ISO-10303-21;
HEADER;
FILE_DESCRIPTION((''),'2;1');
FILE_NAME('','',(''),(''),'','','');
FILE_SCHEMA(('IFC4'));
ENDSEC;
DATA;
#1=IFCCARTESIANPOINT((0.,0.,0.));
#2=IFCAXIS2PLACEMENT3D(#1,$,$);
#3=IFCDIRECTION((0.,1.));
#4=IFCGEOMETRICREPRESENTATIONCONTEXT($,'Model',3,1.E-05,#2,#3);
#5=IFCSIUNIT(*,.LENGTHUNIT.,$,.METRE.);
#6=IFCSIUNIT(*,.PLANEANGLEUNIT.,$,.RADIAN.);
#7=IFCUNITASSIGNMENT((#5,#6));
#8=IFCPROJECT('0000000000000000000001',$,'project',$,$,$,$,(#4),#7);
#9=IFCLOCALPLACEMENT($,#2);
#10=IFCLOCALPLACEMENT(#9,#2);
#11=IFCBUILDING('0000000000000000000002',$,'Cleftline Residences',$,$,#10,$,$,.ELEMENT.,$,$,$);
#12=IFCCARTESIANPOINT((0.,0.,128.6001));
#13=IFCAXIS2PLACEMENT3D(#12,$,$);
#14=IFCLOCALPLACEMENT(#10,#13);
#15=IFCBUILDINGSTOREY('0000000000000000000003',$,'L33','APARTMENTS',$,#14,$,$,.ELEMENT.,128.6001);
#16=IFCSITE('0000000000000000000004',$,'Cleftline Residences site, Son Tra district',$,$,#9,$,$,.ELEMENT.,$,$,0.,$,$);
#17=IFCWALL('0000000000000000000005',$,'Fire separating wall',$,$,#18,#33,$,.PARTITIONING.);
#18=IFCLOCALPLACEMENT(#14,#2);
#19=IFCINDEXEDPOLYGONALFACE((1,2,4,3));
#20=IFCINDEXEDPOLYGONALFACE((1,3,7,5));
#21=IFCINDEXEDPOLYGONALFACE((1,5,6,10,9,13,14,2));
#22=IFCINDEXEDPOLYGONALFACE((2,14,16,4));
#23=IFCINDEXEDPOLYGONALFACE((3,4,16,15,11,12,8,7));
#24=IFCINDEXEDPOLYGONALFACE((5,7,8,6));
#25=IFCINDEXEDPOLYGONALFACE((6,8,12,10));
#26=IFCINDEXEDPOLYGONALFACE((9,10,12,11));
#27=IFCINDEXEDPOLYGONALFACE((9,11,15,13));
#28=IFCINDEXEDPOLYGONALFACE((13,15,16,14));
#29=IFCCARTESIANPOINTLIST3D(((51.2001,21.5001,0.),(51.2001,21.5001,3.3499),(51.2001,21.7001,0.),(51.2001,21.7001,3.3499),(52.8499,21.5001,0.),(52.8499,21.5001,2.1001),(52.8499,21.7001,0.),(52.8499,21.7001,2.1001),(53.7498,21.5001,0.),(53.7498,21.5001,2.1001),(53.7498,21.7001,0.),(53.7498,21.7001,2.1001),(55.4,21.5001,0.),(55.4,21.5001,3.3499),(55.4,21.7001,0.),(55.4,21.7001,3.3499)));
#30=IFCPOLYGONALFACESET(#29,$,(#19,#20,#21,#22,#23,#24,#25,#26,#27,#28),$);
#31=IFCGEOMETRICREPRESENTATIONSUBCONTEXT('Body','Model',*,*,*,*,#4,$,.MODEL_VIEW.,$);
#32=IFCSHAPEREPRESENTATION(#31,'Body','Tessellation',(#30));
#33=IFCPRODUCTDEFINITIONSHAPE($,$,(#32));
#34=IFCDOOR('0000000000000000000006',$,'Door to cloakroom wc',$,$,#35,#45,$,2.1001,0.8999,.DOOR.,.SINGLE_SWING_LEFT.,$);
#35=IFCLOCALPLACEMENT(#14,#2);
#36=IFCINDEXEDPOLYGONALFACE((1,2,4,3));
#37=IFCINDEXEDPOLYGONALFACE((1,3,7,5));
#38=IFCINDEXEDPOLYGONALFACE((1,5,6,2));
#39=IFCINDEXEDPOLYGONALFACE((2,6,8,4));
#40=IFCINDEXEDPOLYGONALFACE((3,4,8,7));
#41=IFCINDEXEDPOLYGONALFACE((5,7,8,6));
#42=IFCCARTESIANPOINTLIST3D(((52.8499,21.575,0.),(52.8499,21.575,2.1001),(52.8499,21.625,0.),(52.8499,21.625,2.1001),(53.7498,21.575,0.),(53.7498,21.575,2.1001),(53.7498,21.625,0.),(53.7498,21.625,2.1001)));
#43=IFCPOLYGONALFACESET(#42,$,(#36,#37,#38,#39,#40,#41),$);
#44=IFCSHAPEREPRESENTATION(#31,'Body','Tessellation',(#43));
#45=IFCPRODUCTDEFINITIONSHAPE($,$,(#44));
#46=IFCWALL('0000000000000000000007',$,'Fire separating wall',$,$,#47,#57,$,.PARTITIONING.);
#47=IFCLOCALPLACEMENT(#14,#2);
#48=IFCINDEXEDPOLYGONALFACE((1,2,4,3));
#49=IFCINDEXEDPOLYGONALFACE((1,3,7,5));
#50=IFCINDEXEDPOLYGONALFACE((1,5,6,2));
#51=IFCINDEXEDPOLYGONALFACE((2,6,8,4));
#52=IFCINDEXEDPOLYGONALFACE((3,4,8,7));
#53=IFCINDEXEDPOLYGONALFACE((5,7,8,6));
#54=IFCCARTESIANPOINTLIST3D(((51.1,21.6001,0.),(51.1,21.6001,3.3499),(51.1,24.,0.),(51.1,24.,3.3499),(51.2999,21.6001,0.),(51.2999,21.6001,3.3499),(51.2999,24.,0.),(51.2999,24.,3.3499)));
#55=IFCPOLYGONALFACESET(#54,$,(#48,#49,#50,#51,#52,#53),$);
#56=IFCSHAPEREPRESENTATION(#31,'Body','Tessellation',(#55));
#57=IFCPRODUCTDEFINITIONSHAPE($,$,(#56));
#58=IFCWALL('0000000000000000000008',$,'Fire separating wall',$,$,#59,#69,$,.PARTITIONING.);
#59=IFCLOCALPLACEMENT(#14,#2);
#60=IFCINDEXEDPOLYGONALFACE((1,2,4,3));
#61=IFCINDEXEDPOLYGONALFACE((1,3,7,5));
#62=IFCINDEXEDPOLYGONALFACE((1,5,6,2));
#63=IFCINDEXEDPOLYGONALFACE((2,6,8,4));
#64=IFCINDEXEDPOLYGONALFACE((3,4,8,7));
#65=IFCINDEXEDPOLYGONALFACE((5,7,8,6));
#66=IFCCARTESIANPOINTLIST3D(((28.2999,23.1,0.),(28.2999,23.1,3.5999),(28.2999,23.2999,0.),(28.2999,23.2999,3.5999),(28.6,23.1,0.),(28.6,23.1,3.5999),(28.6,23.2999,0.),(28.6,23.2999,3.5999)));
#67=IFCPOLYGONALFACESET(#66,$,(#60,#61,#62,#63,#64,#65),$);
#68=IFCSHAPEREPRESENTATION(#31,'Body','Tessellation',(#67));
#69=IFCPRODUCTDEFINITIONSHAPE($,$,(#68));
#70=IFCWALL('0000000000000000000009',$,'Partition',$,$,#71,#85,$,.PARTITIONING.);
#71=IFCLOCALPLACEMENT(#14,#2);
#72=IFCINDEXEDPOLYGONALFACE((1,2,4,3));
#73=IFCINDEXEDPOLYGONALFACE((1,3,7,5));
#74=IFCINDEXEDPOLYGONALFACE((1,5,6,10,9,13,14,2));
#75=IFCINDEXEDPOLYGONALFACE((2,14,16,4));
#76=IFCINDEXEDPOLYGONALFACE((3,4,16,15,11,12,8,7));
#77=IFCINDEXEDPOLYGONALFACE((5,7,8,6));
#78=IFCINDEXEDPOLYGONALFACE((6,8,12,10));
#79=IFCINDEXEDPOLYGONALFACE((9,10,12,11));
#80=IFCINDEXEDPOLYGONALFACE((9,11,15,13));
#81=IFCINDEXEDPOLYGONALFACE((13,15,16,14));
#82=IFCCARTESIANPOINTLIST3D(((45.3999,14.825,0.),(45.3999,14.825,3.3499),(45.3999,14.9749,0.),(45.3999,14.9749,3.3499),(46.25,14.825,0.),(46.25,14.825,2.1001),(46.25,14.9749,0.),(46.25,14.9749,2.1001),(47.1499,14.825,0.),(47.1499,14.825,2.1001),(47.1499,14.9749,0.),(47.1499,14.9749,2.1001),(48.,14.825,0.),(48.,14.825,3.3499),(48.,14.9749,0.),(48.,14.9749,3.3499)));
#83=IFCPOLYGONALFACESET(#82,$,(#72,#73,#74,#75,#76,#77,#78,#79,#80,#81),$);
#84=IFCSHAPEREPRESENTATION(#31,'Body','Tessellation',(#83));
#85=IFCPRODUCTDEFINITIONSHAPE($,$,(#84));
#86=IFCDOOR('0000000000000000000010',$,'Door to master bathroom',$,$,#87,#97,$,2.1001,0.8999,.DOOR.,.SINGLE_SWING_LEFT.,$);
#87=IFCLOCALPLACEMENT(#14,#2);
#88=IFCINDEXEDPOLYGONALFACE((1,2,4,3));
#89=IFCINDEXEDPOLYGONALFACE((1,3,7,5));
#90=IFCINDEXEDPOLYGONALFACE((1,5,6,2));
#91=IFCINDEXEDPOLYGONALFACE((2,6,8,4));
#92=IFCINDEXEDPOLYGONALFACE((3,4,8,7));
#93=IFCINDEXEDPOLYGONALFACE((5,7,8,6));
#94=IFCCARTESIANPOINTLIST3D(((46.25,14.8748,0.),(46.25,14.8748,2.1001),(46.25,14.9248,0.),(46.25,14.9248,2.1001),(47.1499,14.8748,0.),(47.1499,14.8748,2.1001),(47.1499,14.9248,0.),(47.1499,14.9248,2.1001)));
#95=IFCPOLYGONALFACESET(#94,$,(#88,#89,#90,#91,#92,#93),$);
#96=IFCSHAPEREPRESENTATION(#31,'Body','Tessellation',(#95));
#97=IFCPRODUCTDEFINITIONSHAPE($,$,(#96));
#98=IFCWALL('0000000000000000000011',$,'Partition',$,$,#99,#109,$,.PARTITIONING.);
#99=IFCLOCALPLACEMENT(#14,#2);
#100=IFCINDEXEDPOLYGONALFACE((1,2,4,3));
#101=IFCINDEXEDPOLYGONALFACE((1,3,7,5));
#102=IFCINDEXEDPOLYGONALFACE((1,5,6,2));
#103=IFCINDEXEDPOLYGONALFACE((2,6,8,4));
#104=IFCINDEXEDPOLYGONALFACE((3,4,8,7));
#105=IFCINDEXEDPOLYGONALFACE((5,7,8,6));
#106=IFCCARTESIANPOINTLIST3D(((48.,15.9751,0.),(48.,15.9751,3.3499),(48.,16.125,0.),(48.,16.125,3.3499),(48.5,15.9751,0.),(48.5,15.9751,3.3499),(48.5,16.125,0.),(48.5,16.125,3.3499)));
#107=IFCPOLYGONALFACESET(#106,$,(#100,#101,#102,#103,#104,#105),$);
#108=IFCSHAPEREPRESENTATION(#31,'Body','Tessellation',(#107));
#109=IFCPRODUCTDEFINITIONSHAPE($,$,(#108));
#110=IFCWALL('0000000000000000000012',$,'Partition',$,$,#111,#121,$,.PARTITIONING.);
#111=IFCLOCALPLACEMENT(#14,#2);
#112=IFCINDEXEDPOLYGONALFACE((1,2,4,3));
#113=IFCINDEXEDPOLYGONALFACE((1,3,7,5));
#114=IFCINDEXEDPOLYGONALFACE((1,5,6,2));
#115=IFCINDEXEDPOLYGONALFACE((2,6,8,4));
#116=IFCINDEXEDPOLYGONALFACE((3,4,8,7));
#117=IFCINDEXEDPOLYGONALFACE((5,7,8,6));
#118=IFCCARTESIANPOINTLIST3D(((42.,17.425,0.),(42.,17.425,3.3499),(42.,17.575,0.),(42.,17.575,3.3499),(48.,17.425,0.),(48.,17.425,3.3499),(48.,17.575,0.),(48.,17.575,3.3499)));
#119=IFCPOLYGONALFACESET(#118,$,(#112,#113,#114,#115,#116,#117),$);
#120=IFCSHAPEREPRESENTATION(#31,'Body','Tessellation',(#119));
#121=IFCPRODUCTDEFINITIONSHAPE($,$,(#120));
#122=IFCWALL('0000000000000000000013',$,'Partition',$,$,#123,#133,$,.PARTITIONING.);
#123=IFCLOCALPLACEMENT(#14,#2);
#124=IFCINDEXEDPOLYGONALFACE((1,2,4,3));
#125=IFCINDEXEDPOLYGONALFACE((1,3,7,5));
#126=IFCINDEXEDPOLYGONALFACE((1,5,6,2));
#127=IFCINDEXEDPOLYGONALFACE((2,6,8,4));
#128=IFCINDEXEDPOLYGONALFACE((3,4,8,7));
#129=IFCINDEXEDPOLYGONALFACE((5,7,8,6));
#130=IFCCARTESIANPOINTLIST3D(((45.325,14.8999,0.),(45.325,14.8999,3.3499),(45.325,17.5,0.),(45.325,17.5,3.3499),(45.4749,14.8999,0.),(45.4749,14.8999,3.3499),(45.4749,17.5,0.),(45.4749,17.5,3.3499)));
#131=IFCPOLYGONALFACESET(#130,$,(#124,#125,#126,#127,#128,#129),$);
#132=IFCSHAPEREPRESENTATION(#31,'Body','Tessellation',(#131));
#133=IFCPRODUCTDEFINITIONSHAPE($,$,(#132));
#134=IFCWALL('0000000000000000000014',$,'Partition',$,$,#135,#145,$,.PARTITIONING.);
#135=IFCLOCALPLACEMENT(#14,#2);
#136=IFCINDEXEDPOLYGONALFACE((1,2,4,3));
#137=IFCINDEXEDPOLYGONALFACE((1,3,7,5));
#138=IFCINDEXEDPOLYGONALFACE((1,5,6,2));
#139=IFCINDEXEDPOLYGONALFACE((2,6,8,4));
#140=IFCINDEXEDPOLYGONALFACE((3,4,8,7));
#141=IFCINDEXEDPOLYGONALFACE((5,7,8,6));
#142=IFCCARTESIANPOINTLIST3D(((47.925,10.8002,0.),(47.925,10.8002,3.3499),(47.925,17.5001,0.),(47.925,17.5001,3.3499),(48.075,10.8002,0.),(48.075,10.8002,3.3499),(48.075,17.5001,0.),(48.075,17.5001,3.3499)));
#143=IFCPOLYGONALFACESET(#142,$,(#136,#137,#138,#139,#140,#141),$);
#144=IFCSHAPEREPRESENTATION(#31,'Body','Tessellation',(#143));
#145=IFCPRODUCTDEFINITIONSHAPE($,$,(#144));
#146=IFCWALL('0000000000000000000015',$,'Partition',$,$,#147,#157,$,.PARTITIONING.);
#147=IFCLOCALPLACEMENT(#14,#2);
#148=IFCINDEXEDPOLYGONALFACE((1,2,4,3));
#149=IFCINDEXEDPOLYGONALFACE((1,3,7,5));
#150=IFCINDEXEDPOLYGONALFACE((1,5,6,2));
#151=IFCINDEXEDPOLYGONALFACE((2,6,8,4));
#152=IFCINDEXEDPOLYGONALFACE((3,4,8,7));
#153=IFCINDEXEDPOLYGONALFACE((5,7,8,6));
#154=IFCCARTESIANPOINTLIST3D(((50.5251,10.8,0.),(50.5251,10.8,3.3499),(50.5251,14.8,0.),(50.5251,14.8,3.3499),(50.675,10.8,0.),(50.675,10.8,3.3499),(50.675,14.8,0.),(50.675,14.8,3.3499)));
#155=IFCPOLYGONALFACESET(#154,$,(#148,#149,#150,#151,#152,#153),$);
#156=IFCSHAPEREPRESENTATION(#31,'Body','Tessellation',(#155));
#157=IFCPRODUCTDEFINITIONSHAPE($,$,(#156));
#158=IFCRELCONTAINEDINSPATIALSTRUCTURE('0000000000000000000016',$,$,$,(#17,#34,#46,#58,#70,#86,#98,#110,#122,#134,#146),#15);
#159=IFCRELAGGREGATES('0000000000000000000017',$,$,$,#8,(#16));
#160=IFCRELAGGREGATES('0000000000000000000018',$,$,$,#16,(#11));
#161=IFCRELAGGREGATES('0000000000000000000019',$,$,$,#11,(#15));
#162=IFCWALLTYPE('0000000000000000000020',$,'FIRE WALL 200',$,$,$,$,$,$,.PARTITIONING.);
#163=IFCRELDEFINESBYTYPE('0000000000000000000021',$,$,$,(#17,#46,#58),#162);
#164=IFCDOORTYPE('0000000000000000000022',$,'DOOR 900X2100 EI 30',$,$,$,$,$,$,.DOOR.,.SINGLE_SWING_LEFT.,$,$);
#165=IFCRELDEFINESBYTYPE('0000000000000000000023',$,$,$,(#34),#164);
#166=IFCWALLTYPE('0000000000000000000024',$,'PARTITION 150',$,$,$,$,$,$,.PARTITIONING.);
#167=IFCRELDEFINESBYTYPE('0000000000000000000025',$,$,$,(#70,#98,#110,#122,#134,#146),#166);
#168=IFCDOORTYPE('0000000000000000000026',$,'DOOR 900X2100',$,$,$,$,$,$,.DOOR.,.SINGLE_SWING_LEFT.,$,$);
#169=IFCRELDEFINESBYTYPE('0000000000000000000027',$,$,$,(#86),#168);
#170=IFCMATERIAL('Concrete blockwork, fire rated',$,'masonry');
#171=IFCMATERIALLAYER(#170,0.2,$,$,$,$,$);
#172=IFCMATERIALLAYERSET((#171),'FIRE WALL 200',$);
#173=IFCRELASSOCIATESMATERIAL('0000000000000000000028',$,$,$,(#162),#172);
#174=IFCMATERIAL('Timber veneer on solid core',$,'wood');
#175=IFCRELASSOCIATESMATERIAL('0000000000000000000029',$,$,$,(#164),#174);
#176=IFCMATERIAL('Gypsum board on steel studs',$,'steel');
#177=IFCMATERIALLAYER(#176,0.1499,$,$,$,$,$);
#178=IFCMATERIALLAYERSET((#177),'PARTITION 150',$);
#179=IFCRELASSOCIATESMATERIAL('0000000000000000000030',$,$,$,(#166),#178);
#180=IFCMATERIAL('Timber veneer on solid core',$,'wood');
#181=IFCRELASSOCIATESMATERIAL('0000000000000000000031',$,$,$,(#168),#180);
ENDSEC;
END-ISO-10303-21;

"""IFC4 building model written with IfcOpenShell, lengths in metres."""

from ifc_helpers import new_model, si_unit, direction, frame, frame_2d, origin, place, context, subcontext, project, spatial, rectangle, extrude, material, layer, layer_set, type_object, element, fill, save


model = new_model("IFC4")

# Units and contexts
model_context = context("Model", 3, precision=1e-05, world=origin(), true_north=direction((0.0, 1.0)))
body_context = subcontext(model_context, "Body", "Model", "MODEL_VIEW")
ifc_project = project(units=[si_unit("LENGTHUNIT", "METRE"), si_unit("PLANEANGLEUNIT", "RADIAN")], contexts=[model_context])

# Site, building, storey
site_placement = place(None, origin())
site = spatial("IfcSite", under=ifc_project, at=site_placement, Name="Cleftline Residences site, Son Tra district", CompositionType="ELEMENT", RefElevation=0.0)
building_placement = place(site_placement, origin())
building = spatial("IfcBuilding", under=site, at=building_placement, Name="Cleftline Residences", CompositionType="ELEMENT")
storey_placement = place(building_placement, frame((0.0, 0.0, 128.6001)))
storey = spatial("IfcBuildingStorey", under=building, at=storey_placement, Name="L33", Description="APARTMENTS", CompositionType="ELEMENT", Elevation=128.6001)

# Shared definitions
ifc_material_1 = material(Name="Concrete blockwork, fire rated", Category="masonry")
ifc_layer_1 = layer(ifc_material_1, 0.2)
ifc_layer_set_1 = layer_set([ifc_layer_1], Name="FIRE WALL 200")
wall_type_1 = type_object("IfcWallType", Name="FIRE WALL 200", PredefinedType="PARTITIONING", material=ifc_layer_set_1)

# Wall, opening, door
wall_1_placement = place(storey_placement, frame((51.2, 21.6001, 0.0), z_axis=(0.0, 0.0, 1.0), x_axis=(1.0, 0.0, 0.0)))
wall_1 = element("IfcWall", 1, at=wall_1_placement, inside=storey, type_object=wall_type_1, Name="Fire separating wall", PredefinedType="PARTITIONING", context=body_context, shape_type="SweptSolid", body=[
    extrude(rectangle(XDim=4.2, YDim=0.2, at=frame_2d((2.1001, 0.0))), origin(), (0.0, 0.0, 1.0), 3.3499),
])
opening_1_placement = place(wall_1_placement, frame((1.6499, 0.0, 0.0)))
opening_1 = element("IfcOpeningElement", 2, at=opening_1_placement, cuts=wall_1, PredefinedType="OPENING", context=body_context, shape_type="SweptSolid", body=[
    extrude(rectangle(XDim=0.8999, YDim=2.1001, at=frame_2d((0.45, 1.05))), frame((0.0, 0.1099, 0.0), z_axis=(0.0, -1.0, 0.0), x_axis=(1.0, 0.0, 0.0)), (0.0, 0.0, 1.0), 0.22),
])
ifc_material_2 = material(Name="Timber veneer on solid core", Category="wood")
door_type_1 = type_object("IfcDoorType", Name="DOOR 900X2100 EI 30", OperationType="SINGLE_SWING_LEFT", PredefinedType="DOOR", material=ifc_material_2)
door_1_placement = place(opening_1_placement, origin())
door_1 = element("IfcDoor", 3, at=door_1_placement, inside=storey, type_object=door_type_1, Name="Door to cloakroom wc", OperationType="SINGLE_SWING_LEFT", OverallHeight=2.1001, OverallWidth=0.8999, PredefinedType="DOOR", context=body_context, shape_type="SweptSolid", body=[
    extrude(rectangle(XDim=0.8999, YDim=2.1001, at=frame_2d((0.45, 1.05))), frame((0.0, 0.0249, 0.0), z_axis=(0.0, -1.0, 0.0), x_axis=(1.0, 0.0, 0.0)), (0.0, 0.0, 1.0), 0.05),
])
fill(opening_1, door_1)

# Walls
wall_2_placement = place(storey_placement, frame((51.2, 21.6001, 0.0), z_axis=(0.0, 0.0, 1.0), x_axis=(0.0, 1.0, 0.0)))
element("IfcWall", 4, at=wall_2_placement, inside=storey, type_object=wall_type_1, Name="Fire separating wall", PredefinedType="PARTITIONING", context=body_context, shape_type="SweptSolid", body=[
    extrude(rectangle(XDim=2.3999, YDim=0.2, at=frame_2d((1.2, 0.0))), origin(), (0.0, 0.0, 1.0), 3.3499),
])
wall_3_placement = place(storey_placement, frame((28.3, 23.2, 0.0), z_axis=(0.0, 0.0, 1.0), x_axis=(1.0, 0.0, 0.0)))
element("IfcWall", 5, at=wall_3_placement, inside=storey, type_object=wall_type_1, Name="Fire separating wall", PredefinedType="PARTITIONING", context=body_context, shape_type="SweptSolid", body=[
    extrude(rectangle(XDim=0.3, YDim=0.2, at=frame_2d((0.1499, 0.0))), origin(), (0.0, 0.0, 1.0), 3.5999),
])

# Wall, opening, door
ifc_material_3 = material(Name="Gypsum board on steel studs", Category="steel")
ifc_layer_2 = layer(ifc_material_3, 0.1499)
ifc_layer_set_2 = layer_set([ifc_layer_2], Name="PARTITION 150")
wall_type_2 = type_object("IfcWallType", Name="PARTITION 150", PredefinedType="PARTITIONING", material=ifc_layer_set_2)
wall_4_placement = place(storey_placement, frame((45.3999, 14.8999, 0.0), z_axis=(0.0, 0.0, 1.0), x_axis=(1.0, 0.0, 0.0)))
wall_4 = element("IfcWall", 6, at=wall_4_placement, inside=storey, type_object=wall_type_2, Name="Partition", PredefinedType="PARTITIONING", context=body_context, shape_type="SweptSolid", body=[
    extrude(rectangle(XDim=2.6001, YDim=0.1499, at=frame_2d((1.3, 0.0))), origin(), (0.0, 0.0, 1.0), 3.3499),
])
opening_2_placement = place(wall_4_placement, frame((0.8501, 0.0, 0.0)))
opening_2 = element("IfcOpeningElement", 7, at=opening_2_placement, cuts=wall_4, PredefinedType="OPENING", context=body_context, shape_type="SweptSolid", body=[
    extrude(rectangle(XDim=0.8999, YDim=2.1001, at=frame_2d((0.45, 1.05))), frame((0.0, 0.085, 0.0), z_axis=(0.0, -1.0, 0.0), x_axis=(1.0, 0.0, 0.0)), (0.0, 0.0, 1.0), 0.1699),
])
ifc_material_4 = material(Name="Timber veneer on solid core", Category="wood")
door_type_2 = type_object("IfcDoorType", Name="DOOR 900X2100", OperationType="SINGLE_SWING_LEFT", PredefinedType="DOOR", material=ifc_material_4)
door_2_placement = place(opening_2_placement, origin())
door_2 = element("IfcDoor", 8, at=door_2_placement, inside=storey, type_object=door_type_2, Name="Door to master bathroom", OperationType="SINGLE_SWING_LEFT", OverallHeight=2.1001, OverallWidth=0.8999, PredefinedType="DOOR", context=body_context, shape_type="SweptSolid", body=[
    extrude(rectangle(XDim=0.8999, YDim=2.1001, at=frame_2d((0.45, 1.05))), frame((0.0, 0.0249, 0.0), z_axis=(0.0, -1.0, 0.0), x_axis=(1.0, 0.0, 0.0)), (0.0, 0.0, 1.0), 0.05),
])
fill(opening_2, door_2)

# Walls
wall_5_placement = place(storey_placement, frame((48.0, 16.05, 0.0), z_axis=(0.0, 0.0, 1.0), x_axis=(1.0, 0.0, 0.0)))
element("IfcWall", 9, at=wall_5_placement, inside=storey, type_object=wall_type_2, Name="Partition", PredefinedType="PARTITIONING", context=body_context, shape_type="SweptSolid", body=[
    extrude(rectangle(XDim=0.5, YDim=0.1499, at=frame_2d((0.25, 0.0))), origin(), (0.0, 0.0, 1.0), 3.3499),
])
wall_6_placement = place(storey_placement, frame((42.0, 17.5, 0.0), z_axis=(0.0, 0.0, 1.0), x_axis=(1.0, 0.0, 0.0)))
element("IfcWall", 10, at=wall_6_placement, inside=storey, type_object=wall_type_2, Name="Partition", PredefinedType="PARTITIONING", context=body_context, shape_type="SweptSolid", body=[
    extrude(rectangle(XDim=6.0, YDim=0.1499, at=frame_2d((3.0, 0.0))), origin(), (0.0, 0.0, 1.0), 3.3499),
])
wall_7_placement = place(storey_placement, frame((45.3999, 14.8999, 0.0), z_axis=(0.0, 0.0, 1.0), x_axis=(0.0, 1.0, 0.0)))
element("IfcWall", 11, at=wall_7_placement, inside=storey, type_object=wall_type_2, Name="Partition", PredefinedType="PARTITIONING", context=body_context, shape_type="SweptSolid", body=[
    extrude(rectangle(XDim=2.6001, YDim=0.1499, at=frame_2d((1.3, 0.0))), origin(), (0.0, 0.0, 1.0), 3.3499),
])
wall_8_placement = place(storey_placement, frame((48.0, 10.8, 0.0), z_axis=(0.0, 0.0, 1.0), x_axis=(0.0, 1.0, 0.0)))
element("IfcWall", 12, at=wall_8_placement, inside=storey, type_object=wall_type_2, Name="Partition", PredefinedType="PARTITIONING", context=body_context, shape_type="SweptSolid", body=[
    extrude(rectangle(XDim=6.7, YDim=0.1499, at=frame_2d((3.3501, 0.0))), origin(), (0.0, 0.0, 1.0), 3.3499),
])
wall_9_placement = place(storey_placement, frame((50.6001, 10.8, 0.0), z_axis=(0.0, 0.0, 1.0), x_axis=(0.0, 1.0, 0.0)))
element("IfcWall", 13, at=wall_9_placement, inside=storey, type_object=wall_type_2, Name="Partition", PredefinedType="PARTITIONING", context=body_context, shape_type="SweptSolid", body=[
    extrude(rectangle(XDim=4.0, YDim=0.1499, at=frame_2d((2.0, 0.0))), origin(), (0.0, 0.0, 1.0), 3.3499),
])

save(model, "model.ifc")
